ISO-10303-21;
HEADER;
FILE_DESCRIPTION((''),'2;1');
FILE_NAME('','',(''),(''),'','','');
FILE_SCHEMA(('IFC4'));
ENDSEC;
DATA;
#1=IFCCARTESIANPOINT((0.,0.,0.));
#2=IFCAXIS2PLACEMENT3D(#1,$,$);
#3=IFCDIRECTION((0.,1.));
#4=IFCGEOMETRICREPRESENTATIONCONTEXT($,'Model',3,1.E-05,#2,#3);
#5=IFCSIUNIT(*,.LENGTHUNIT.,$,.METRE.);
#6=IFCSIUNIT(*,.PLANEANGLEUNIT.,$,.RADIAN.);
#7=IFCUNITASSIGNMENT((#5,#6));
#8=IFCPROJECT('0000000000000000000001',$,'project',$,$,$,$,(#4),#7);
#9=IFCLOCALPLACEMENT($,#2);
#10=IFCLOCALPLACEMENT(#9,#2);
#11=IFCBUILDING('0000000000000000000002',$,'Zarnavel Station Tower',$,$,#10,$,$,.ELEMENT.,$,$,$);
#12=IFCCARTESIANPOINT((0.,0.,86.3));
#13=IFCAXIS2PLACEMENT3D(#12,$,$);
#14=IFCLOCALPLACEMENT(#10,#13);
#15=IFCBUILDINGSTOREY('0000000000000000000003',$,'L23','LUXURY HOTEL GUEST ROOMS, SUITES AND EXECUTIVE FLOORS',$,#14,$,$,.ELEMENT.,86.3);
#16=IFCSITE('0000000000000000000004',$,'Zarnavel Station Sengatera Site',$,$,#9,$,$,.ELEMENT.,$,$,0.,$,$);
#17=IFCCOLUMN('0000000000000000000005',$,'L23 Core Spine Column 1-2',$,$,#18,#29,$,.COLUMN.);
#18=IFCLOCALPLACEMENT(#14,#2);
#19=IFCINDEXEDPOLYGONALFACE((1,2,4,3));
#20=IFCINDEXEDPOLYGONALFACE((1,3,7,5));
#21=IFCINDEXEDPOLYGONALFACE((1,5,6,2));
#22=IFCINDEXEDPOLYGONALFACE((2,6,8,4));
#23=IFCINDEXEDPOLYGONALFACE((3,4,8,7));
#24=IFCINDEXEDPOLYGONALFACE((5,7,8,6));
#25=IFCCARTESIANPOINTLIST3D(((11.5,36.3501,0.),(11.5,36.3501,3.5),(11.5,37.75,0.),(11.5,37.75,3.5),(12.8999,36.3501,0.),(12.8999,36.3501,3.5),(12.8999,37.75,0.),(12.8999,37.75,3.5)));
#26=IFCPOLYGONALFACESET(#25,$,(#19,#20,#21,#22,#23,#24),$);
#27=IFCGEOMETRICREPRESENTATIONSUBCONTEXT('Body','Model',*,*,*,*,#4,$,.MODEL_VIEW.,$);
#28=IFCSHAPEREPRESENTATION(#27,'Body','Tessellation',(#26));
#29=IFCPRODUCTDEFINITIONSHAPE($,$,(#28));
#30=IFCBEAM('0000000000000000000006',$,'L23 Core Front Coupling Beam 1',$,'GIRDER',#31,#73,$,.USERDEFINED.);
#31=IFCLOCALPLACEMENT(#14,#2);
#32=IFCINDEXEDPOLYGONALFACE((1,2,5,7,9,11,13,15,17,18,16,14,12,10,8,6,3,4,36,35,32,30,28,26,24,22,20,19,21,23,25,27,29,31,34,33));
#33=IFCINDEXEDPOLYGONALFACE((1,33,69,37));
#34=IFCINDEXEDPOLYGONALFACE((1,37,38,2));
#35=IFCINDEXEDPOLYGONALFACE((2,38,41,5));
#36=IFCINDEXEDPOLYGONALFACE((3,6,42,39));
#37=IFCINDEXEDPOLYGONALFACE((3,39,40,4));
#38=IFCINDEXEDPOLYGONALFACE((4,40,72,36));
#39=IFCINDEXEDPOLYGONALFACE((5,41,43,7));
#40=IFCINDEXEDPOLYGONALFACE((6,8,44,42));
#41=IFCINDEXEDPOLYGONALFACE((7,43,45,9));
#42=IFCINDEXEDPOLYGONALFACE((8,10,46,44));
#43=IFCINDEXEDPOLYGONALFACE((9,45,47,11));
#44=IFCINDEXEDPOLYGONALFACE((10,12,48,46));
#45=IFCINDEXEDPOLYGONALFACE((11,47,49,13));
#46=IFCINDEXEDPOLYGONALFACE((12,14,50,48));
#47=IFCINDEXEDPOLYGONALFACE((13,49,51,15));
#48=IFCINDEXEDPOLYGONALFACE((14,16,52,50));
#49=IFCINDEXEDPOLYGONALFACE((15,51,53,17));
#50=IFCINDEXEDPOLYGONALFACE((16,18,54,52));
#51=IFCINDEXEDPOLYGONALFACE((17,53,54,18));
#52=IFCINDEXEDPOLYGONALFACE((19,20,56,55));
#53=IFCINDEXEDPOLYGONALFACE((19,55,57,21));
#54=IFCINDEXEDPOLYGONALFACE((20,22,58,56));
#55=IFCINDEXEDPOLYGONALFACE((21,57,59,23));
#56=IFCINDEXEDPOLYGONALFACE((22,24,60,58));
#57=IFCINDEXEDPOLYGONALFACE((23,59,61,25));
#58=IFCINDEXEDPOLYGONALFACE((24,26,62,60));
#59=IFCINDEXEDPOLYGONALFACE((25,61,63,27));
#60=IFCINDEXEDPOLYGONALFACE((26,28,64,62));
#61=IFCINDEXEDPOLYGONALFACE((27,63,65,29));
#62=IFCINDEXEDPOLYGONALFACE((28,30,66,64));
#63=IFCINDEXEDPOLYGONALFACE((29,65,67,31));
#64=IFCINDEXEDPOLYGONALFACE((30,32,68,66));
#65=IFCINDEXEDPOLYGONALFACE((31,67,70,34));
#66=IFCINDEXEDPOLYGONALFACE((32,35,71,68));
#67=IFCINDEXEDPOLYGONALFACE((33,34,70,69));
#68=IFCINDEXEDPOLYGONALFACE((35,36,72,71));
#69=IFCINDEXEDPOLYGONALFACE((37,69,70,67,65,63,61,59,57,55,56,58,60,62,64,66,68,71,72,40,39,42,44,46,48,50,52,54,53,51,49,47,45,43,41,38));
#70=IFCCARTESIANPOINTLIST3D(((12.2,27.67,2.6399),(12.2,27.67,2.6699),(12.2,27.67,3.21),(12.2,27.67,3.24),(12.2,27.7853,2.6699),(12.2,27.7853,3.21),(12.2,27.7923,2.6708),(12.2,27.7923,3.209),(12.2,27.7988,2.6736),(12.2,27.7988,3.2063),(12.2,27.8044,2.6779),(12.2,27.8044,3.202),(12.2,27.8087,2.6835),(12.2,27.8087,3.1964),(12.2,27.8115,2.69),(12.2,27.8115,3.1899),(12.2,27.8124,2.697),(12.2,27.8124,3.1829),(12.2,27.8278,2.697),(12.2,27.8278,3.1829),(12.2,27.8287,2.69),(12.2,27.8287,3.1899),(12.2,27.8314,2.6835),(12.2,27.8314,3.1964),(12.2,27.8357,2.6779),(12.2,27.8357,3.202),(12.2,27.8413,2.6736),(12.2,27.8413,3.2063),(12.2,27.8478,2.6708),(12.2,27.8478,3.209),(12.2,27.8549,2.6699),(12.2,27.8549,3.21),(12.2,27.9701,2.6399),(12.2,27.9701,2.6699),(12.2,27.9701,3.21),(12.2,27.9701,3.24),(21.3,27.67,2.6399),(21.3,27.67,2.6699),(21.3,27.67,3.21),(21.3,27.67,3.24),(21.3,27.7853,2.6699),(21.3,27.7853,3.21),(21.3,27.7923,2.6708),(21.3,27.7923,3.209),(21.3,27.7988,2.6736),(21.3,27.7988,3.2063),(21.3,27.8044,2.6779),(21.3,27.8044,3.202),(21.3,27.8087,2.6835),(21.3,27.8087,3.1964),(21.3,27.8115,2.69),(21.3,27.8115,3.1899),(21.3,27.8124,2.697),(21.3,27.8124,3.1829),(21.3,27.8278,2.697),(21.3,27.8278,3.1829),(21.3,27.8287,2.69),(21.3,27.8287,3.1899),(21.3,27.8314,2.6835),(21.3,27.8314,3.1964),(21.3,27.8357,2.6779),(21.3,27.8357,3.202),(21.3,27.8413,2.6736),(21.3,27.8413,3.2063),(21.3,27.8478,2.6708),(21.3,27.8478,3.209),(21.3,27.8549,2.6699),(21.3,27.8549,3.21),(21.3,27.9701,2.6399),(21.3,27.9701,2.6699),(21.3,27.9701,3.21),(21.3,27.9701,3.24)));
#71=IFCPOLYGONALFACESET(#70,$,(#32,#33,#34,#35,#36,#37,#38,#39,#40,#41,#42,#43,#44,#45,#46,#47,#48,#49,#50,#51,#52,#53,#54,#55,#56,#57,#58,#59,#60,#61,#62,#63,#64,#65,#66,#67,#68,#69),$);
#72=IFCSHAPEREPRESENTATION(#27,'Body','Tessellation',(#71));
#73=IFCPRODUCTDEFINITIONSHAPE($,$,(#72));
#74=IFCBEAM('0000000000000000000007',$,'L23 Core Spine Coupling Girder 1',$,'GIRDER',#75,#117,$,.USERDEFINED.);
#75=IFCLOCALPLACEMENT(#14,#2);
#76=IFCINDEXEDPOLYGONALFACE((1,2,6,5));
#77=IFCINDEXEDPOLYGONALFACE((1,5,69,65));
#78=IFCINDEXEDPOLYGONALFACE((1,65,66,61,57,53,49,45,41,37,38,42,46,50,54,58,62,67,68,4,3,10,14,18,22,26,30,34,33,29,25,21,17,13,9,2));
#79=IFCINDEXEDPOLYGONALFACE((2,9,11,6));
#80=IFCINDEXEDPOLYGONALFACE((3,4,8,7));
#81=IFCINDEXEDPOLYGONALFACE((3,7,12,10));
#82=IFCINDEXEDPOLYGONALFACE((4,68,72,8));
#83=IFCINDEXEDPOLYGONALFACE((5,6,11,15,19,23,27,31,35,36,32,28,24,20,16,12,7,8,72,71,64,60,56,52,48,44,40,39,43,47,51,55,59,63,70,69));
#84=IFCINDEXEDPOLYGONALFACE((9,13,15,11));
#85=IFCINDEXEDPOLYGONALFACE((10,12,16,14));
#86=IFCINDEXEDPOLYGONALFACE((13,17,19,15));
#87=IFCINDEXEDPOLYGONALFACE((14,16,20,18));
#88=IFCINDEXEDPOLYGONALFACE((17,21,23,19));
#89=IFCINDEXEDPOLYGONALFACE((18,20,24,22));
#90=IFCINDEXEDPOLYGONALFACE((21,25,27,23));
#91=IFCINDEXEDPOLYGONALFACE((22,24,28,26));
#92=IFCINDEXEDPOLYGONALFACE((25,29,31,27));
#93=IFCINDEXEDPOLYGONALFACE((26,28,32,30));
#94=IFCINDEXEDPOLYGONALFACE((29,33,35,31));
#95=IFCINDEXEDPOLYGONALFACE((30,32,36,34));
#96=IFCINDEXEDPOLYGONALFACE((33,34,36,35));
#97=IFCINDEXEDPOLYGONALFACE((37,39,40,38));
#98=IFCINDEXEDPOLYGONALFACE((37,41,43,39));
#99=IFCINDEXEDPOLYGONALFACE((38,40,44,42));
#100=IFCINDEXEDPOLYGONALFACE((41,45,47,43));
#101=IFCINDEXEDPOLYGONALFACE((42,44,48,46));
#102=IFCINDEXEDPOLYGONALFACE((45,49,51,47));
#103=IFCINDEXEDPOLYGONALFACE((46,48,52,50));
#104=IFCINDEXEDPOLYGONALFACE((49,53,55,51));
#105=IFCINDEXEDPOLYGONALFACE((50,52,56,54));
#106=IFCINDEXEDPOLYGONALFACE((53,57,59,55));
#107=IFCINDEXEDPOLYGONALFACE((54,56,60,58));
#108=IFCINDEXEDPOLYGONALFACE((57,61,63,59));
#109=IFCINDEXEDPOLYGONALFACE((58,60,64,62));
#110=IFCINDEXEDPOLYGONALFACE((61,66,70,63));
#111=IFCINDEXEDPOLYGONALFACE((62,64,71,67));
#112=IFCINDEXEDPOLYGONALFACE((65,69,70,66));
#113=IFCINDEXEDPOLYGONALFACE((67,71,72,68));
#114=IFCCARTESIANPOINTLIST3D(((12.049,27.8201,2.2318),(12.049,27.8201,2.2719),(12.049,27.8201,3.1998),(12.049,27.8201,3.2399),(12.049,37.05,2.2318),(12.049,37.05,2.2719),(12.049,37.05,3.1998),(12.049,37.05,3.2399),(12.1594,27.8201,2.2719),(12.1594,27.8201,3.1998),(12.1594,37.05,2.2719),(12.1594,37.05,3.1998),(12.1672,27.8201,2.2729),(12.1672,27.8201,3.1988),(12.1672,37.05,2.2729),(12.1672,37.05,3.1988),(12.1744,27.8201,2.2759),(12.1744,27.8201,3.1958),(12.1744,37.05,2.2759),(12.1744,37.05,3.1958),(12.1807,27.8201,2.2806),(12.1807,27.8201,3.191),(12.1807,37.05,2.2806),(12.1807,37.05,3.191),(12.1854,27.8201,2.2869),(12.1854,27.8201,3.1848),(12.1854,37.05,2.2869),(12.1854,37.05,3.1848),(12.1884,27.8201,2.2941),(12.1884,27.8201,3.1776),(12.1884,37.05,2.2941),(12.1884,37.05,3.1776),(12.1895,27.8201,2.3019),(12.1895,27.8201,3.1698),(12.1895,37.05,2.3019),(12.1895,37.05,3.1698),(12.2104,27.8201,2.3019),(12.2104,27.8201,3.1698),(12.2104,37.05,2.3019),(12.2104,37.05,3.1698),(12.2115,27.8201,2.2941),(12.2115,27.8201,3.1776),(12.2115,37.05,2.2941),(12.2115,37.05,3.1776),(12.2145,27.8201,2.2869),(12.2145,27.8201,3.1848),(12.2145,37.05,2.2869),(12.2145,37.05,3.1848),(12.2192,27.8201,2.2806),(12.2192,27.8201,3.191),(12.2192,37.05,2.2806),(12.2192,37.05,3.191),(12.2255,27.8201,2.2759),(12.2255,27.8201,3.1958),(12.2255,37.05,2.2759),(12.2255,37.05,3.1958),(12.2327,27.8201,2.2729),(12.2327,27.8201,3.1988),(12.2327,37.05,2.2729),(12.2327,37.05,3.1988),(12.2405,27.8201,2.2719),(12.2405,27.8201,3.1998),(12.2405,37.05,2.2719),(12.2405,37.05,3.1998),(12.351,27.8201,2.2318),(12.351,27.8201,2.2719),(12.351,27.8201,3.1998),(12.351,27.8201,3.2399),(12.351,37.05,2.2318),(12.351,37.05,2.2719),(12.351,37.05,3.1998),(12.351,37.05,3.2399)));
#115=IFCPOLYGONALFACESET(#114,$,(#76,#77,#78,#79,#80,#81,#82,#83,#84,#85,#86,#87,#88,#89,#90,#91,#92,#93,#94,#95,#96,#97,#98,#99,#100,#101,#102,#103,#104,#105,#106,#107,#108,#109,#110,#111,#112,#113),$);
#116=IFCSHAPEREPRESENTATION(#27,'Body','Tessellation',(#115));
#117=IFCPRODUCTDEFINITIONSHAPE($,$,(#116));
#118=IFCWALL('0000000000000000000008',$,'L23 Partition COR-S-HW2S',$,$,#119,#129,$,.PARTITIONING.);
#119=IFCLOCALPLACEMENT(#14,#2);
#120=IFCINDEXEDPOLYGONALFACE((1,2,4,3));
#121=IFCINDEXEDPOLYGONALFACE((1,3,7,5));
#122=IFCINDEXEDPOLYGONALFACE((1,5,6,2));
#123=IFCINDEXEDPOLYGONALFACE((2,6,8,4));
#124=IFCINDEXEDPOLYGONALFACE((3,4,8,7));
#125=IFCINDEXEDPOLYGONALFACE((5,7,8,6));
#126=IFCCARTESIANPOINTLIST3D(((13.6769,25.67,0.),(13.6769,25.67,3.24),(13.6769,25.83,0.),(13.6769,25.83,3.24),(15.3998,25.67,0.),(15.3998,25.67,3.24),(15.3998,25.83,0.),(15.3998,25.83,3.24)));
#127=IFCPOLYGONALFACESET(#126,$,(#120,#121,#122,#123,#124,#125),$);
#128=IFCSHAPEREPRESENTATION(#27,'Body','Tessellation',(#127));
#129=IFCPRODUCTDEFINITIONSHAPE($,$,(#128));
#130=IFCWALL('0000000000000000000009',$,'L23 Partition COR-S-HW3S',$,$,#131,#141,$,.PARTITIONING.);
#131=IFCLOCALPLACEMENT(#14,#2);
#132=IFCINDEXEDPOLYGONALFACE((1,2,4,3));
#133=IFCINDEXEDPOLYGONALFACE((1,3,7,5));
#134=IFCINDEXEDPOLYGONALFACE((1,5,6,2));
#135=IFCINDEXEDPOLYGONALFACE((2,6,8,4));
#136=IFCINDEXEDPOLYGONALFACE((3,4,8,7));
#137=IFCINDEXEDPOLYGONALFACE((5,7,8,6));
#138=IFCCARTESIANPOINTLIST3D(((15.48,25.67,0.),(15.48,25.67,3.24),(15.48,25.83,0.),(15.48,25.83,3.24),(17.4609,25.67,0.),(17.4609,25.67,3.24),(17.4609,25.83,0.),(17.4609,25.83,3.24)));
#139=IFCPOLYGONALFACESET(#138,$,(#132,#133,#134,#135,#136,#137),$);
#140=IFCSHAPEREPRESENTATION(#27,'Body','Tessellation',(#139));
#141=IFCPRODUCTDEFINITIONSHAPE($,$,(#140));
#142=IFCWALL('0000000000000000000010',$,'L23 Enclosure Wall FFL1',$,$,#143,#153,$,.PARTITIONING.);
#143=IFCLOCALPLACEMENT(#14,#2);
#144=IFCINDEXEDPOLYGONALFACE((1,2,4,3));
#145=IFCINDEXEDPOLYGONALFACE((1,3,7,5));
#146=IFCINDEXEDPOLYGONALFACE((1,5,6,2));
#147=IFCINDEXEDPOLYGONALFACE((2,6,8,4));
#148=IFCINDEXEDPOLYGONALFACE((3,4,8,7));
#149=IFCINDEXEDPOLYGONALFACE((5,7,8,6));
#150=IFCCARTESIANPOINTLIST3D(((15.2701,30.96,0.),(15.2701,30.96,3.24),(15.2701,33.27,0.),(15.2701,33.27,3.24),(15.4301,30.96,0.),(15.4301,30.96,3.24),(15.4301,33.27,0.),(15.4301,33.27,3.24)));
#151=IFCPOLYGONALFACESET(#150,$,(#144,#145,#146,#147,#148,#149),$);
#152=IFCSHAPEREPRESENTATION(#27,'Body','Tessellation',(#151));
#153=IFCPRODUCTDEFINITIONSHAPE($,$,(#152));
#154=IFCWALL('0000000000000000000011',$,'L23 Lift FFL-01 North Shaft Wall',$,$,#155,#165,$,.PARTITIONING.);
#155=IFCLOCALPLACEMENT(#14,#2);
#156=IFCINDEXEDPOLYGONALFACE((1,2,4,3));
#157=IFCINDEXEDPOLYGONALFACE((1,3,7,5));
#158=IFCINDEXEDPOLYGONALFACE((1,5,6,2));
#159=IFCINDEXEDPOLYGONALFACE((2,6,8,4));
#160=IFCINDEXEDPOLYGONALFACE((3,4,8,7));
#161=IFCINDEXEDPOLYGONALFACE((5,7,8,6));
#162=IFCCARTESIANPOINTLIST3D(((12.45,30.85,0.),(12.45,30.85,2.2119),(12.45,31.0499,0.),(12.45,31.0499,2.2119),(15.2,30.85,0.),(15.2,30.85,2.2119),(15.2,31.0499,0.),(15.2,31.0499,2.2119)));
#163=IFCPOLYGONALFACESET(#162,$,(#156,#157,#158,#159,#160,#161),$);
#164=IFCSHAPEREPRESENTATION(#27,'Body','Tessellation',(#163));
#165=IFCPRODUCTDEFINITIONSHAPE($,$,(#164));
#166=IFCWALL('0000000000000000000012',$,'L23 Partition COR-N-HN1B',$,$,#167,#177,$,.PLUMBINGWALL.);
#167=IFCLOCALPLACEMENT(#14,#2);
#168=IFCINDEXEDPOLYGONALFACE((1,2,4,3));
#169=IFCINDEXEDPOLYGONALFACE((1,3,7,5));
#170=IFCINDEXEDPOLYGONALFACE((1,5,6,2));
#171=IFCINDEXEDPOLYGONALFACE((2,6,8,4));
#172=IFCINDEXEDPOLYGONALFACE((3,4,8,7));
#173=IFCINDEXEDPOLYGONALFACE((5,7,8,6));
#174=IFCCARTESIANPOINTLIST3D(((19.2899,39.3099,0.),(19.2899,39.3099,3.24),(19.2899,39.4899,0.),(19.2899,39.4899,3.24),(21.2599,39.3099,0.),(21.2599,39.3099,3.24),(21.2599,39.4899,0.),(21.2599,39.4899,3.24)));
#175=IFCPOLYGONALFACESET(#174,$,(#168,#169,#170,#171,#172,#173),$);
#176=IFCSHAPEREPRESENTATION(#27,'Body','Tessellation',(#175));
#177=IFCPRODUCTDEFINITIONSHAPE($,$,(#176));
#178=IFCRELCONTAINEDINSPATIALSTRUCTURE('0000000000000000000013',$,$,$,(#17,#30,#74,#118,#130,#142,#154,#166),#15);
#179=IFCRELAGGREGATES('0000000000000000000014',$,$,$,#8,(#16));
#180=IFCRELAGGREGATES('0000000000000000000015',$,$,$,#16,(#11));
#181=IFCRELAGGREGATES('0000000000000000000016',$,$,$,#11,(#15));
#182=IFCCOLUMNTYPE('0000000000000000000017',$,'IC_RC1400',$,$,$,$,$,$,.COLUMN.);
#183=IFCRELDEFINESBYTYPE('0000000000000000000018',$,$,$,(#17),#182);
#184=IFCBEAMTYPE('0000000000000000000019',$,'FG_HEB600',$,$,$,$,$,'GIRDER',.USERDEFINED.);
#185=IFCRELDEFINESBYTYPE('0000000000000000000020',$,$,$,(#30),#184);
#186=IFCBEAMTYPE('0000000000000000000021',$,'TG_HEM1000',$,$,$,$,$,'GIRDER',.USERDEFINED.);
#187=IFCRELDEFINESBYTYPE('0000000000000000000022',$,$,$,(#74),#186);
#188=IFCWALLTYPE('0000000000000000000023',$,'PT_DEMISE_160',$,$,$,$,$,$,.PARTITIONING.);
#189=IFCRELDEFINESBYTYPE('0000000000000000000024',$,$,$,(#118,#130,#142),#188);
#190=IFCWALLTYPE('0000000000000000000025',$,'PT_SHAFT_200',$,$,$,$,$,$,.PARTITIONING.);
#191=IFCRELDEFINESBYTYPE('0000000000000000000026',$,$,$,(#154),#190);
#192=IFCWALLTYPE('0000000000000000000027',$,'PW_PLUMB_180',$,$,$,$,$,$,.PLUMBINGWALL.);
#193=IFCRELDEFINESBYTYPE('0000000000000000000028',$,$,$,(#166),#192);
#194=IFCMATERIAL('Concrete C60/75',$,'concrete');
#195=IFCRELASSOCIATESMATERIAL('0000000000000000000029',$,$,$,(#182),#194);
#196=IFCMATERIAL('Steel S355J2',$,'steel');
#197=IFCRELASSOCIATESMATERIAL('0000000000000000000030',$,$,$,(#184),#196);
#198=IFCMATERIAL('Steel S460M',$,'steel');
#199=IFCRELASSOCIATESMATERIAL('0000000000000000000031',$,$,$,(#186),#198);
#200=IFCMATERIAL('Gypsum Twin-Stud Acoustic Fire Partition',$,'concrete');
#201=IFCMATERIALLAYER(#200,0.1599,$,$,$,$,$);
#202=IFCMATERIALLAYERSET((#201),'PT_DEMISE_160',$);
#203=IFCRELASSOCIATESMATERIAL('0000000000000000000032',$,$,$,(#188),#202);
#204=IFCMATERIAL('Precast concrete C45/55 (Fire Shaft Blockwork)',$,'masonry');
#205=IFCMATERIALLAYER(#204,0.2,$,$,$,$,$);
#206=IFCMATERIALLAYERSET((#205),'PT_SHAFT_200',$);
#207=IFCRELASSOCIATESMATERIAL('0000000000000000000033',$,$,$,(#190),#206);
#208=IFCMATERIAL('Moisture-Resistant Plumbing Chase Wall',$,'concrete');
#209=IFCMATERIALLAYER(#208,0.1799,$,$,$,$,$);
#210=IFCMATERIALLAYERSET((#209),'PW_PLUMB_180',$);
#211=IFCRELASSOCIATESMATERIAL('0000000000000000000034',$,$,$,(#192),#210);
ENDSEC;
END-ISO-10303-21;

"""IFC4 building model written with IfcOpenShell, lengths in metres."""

from ifc_helpers import new_model, si_unit, direction, frame, frame_2d, origin, origin_2d, place, context, subcontext, project, spatial, rectangle, i_section, extrude, material, layer, layer_set, material_profile, profile_set, type_object, element, save


model = new_model("IFC4")

# Units and contexts
model_context = context("Model", 3, precision=1e-05, world=origin(), true_north=direction((0.0, 1.0)))
body_context = subcontext(model_context, "Body", "Model", "MODEL_VIEW")
ifc_project = project(units=[si_unit("LENGTHUNIT", "METRE"), si_unit("PLANEANGLEUNIT", "RADIAN")], contexts=[model_context])

# Site, building, storey
site_placement = place(None, origin())
site = spatial("IfcSite", under=ifc_project, at=site_placement, Name="Zarnavel Station Sengatera Site", CompositionType="ELEMENT", RefElevation=0.0)
building_placement = place(site_placement, origin())
building = spatial("IfcBuilding", under=site, at=building_placement, Name="Zarnavel Station Tower", CompositionType="ELEMENT")
storey_placement = place(building_placement, frame((0.0, 0.0, 86.3)))
storey = spatial("IfcBuildingStorey", under=building, at=storey_placement, Name="L23", Description="LUXURY HOTEL GUEST ROOMS, SUITES AND EXECUTIVE FLOORS", CompositionType="ELEMENT", Elevation=86.3)

# Column
ifc_material_1 = material(Name="Concrete C60/75", Category="concrete")
ifc_material_profile_1 = material_profile(ifc_material_1, rectangle(XDim=1.3999, YDim=1.3999, at=origin_2d()), Name="RC1400x1400")
ifc_profile_set_1 = profile_set([ifc_material_profile_1], Name="Concrete C60/75")
column_type = type_object("IfcColumnType", Name="IC_RC1400", PredefinedType="COLUMN", material=ifc_profile_set_1)
column_placement = place(storey_placement, frame((12.2, 37.05, 0.0), z_axis=(0.0, 0.0, 1.0), x_axis=(1.0, 0.0, 0.0)))
element("IfcColumn", 1, at=column_placement, inside=storey, type_object=column_type, Name="L23 Core Spine Column 1-2", PredefinedType="COLUMN", context=body_context, shape_type="SweptSolid", body=[
    extrude(rectangle(XDim=1.3999, YDim=1.3999, at=origin_2d()), origin(), (0.0, 0.0, 1.0), 3.5),
])

# Beams
ifc_material_2 = material(Name="Steel S355J2", Category="steel")
ifc_material_profile_2 = material_profile(ifc_material_2, i_section(OverallWidth=0.3, OverallDepth=0.6001, WebThickness=0.0154, FlangeThickness=0.03, FilletRadius=0.0271, at=origin_2d()), Name="HEB600")
ifc_profile_set_2 = profile_set([ifc_material_profile_2], Name="Steel S355J2")
beam_type_1 = type_object("IfcBeamType", Name="FG_HEB600", ElementType="GIRDER", PredefinedType="USERDEFINED", material=ifc_profile_set_2)
beam_1_placement = place(storey_placement, frame((12.2, 27.8201, 2.9399), z_axis=(1.0, 0.0, 0.0), x_axis=(0.0, 1.0, 0.0)))
element("IfcBeam", 2, at=beam_1_placement, inside=storey, type_object=beam_type_1, Name="L23 Core Front Coupling Beam 1", ObjectType="GIRDER", PredefinedType="USERDEFINED", context=body_context, shape_type="SweptSolid", body=[
    extrude(i_section(OverallWidth=0.3, OverallDepth=0.6001, WebThickness=0.0154, FlangeThickness=0.03, FilletRadius=0.0271, at=origin_2d()), origin(), (0.0, 0.0, 1.0), 9.1001),
])
ifc_material_3 = material(Name="Steel S460M", Category="steel")
ifc_material_profile_3 = material_profile(ifc_material_3, i_section(OverallWidth=0.302, OverallDepth=1.0081, WebThickness=0.021, FlangeThickness=0.04, FilletRadius=0.03, at=origin_2d()), Name="HEM1000")
ifc_profile_set_3 = profile_set([ifc_material_profile_3], Name="Steel S460M")
beam_type_2 = type_object("IfcBeamType", Name="TG_HEM1000", ElementType="GIRDER", PredefinedType="USERDEFINED", material=ifc_profile_set_3)
beam_2_placement = place(storey_placement, frame((12.2, 27.8201, 2.7358), z_axis=(0.0, 1.0, 0.0), x_axis=(-1.0, 0.0, 0.0)))
element("IfcBeam", 3, at=beam_2_placement, inside=storey, type_object=beam_type_2, Name="L23 Core Spine Coupling Girder 1", ObjectType="GIRDER", PredefinedType="USERDEFINED", context=body_context, shape_type="SweptSolid", body=[
    extrude(i_section(OverallWidth=0.302, OverallDepth=1.0081, WebThickness=0.021, FlangeThickness=0.04, FilletRadius=0.03, at=origin_2d()), origin(), (0.0, 0.0, 1.0), 9.23),
])

# Wall
ifc_material_4 = material(Name="Gypsum Twin-Stud Acoustic Fire Partition", Category="concrete")
ifc_layer_1 = layer(ifc_material_4, 0.1599)
ifc_layer_set_1 = layer_set([ifc_layer_1], Name="PT_DEMISE_160")
wall_type_1 = type_object("IfcWallType", Name="PT_DEMISE_160", PredefinedType="PARTITIONING", material=ifc_layer_set_1)
wall_1_placement = place(storey_placement, frame((13.677, 25.75, 0.0), z_axis=(0.0, 0.0, 1.0), x_axis=(1.0, 0.0, 0.0)))
element("IfcWall", 4, at=wall_1_placement, inside=storey, type_object=wall_type_1, Name="L23 Partition COR-S-HW2S", PredefinedType="PARTITIONING", context=body_context, shape_type="SweptSolid", body=[
    extrude(rectangle(XDim=1.7229, YDim=0.1599, at=frame_2d((0.8613, 0.0))), origin(), (0.0, 0.0, 1.0), 3.24),
])

# Walls
wall_2_placement = place(storey_placement, frame((15.48, 25.75, 0.0), z_axis=(0.0, 0.0, 1.0), x_axis=(1.0, 0.0, 0.0)))
element("IfcWall", 5, at=wall_2_placement, inside=storey, type_object=wall_type_1, Name="L23 Partition COR-S-HW3S", PredefinedType="PARTITIONING", context=body_context, shape_type="SweptSolid", body=[
    extrude(rectangle(XDim=1.981, YDim=0.1599, at=frame_2d((0.9905, 0.0))), origin(), (0.0, 0.0, 1.0), 3.24),
])
wall_3_placement = place(storey_placement, frame((15.3501, 30.96, 0.0), z_axis=(0.0, 0.0, 1.0), x_axis=(0.0, 1.0, 0.0)))
element("IfcWall", 6, at=wall_3_placement, inside=storey, type_object=wall_type_1, Name="L23 Enclosure Wall FFL1", PredefinedType="PARTITIONING", context=body_context, shape_type="SweptSolid", body=[
    extrude(rectangle(XDim=2.3101, YDim=0.1599, at=frame_2d((1.155, 0.0))), origin(), (0.0, 0.0, 1.0), 3.24),
])

# Shared definitions
ifc_material_5 = material(Name="Precast concrete C45/55 (Fire Shaft Blockwork)", Category="masonry")
ifc_layer_2 = layer(ifc_material_5, 0.2)
ifc_layer_set_2 = layer_set([ifc_layer_2], Name="PT_SHAFT_200")
wall_type_2 = type_object("IfcWallType", Name="PT_SHAFT_200", PredefinedType="PARTITIONING", material=ifc_layer_set_2)

# Walls
wall_4_placement = place(storey_placement, frame((12.45, 30.95, 0.0), z_axis=(0.0, 0.0, 1.0), x_axis=(1.0, 0.0, 0.0)))
element("IfcWall", 7, at=wall_4_placement, inside=storey, type_object=wall_type_2, Name="L23 Lift FFL-01 North Shaft Wall", PredefinedType="PARTITIONING", context=body_context, shape_type="SweptSolid", body=[
    extrude(rectangle(XDim=2.75, YDim=0.2, at=frame_2d((1.375, 0.0))), origin(), (0.0, 0.0, 1.0), 2.2119),
])
ifc_material_6 = material(Name="Moisture-Resistant Plumbing Chase Wall", Category="concrete")
ifc_layer_3 = layer(ifc_material_6, 0.1799)
ifc_layer_set_3 = layer_set([ifc_layer_3], Name="PW_PLUMB_180")
wall_type_3 = type_object("IfcWallType", Name="PW_PLUMB_180", PredefinedType="PLUMBINGWALL", material=ifc_layer_set_3)
wall_5_placement = place(storey_placement, frame((19.29, 39.3999, 0.0), z_axis=(0.0, 0.0, 1.0), x_axis=(1.0, 0.0, 0.0)))
element("IfcWall", 8, at=wall_5_placement, inside=storey, type_object=wall_type_3, Name="L23 Partition COR-N-HN1B", PredefinedType="PLUMBINGWALL", context=body_context, shape_type="SweptSolid", body=[
    extrude(rectangle(XDim=1.97, YDim=0.1799, at=frame_2d((0.9849, 0.0))), origin(), (0.0, 0.0, 1.0), 3.24),
])

save(model, "model.ifc")
